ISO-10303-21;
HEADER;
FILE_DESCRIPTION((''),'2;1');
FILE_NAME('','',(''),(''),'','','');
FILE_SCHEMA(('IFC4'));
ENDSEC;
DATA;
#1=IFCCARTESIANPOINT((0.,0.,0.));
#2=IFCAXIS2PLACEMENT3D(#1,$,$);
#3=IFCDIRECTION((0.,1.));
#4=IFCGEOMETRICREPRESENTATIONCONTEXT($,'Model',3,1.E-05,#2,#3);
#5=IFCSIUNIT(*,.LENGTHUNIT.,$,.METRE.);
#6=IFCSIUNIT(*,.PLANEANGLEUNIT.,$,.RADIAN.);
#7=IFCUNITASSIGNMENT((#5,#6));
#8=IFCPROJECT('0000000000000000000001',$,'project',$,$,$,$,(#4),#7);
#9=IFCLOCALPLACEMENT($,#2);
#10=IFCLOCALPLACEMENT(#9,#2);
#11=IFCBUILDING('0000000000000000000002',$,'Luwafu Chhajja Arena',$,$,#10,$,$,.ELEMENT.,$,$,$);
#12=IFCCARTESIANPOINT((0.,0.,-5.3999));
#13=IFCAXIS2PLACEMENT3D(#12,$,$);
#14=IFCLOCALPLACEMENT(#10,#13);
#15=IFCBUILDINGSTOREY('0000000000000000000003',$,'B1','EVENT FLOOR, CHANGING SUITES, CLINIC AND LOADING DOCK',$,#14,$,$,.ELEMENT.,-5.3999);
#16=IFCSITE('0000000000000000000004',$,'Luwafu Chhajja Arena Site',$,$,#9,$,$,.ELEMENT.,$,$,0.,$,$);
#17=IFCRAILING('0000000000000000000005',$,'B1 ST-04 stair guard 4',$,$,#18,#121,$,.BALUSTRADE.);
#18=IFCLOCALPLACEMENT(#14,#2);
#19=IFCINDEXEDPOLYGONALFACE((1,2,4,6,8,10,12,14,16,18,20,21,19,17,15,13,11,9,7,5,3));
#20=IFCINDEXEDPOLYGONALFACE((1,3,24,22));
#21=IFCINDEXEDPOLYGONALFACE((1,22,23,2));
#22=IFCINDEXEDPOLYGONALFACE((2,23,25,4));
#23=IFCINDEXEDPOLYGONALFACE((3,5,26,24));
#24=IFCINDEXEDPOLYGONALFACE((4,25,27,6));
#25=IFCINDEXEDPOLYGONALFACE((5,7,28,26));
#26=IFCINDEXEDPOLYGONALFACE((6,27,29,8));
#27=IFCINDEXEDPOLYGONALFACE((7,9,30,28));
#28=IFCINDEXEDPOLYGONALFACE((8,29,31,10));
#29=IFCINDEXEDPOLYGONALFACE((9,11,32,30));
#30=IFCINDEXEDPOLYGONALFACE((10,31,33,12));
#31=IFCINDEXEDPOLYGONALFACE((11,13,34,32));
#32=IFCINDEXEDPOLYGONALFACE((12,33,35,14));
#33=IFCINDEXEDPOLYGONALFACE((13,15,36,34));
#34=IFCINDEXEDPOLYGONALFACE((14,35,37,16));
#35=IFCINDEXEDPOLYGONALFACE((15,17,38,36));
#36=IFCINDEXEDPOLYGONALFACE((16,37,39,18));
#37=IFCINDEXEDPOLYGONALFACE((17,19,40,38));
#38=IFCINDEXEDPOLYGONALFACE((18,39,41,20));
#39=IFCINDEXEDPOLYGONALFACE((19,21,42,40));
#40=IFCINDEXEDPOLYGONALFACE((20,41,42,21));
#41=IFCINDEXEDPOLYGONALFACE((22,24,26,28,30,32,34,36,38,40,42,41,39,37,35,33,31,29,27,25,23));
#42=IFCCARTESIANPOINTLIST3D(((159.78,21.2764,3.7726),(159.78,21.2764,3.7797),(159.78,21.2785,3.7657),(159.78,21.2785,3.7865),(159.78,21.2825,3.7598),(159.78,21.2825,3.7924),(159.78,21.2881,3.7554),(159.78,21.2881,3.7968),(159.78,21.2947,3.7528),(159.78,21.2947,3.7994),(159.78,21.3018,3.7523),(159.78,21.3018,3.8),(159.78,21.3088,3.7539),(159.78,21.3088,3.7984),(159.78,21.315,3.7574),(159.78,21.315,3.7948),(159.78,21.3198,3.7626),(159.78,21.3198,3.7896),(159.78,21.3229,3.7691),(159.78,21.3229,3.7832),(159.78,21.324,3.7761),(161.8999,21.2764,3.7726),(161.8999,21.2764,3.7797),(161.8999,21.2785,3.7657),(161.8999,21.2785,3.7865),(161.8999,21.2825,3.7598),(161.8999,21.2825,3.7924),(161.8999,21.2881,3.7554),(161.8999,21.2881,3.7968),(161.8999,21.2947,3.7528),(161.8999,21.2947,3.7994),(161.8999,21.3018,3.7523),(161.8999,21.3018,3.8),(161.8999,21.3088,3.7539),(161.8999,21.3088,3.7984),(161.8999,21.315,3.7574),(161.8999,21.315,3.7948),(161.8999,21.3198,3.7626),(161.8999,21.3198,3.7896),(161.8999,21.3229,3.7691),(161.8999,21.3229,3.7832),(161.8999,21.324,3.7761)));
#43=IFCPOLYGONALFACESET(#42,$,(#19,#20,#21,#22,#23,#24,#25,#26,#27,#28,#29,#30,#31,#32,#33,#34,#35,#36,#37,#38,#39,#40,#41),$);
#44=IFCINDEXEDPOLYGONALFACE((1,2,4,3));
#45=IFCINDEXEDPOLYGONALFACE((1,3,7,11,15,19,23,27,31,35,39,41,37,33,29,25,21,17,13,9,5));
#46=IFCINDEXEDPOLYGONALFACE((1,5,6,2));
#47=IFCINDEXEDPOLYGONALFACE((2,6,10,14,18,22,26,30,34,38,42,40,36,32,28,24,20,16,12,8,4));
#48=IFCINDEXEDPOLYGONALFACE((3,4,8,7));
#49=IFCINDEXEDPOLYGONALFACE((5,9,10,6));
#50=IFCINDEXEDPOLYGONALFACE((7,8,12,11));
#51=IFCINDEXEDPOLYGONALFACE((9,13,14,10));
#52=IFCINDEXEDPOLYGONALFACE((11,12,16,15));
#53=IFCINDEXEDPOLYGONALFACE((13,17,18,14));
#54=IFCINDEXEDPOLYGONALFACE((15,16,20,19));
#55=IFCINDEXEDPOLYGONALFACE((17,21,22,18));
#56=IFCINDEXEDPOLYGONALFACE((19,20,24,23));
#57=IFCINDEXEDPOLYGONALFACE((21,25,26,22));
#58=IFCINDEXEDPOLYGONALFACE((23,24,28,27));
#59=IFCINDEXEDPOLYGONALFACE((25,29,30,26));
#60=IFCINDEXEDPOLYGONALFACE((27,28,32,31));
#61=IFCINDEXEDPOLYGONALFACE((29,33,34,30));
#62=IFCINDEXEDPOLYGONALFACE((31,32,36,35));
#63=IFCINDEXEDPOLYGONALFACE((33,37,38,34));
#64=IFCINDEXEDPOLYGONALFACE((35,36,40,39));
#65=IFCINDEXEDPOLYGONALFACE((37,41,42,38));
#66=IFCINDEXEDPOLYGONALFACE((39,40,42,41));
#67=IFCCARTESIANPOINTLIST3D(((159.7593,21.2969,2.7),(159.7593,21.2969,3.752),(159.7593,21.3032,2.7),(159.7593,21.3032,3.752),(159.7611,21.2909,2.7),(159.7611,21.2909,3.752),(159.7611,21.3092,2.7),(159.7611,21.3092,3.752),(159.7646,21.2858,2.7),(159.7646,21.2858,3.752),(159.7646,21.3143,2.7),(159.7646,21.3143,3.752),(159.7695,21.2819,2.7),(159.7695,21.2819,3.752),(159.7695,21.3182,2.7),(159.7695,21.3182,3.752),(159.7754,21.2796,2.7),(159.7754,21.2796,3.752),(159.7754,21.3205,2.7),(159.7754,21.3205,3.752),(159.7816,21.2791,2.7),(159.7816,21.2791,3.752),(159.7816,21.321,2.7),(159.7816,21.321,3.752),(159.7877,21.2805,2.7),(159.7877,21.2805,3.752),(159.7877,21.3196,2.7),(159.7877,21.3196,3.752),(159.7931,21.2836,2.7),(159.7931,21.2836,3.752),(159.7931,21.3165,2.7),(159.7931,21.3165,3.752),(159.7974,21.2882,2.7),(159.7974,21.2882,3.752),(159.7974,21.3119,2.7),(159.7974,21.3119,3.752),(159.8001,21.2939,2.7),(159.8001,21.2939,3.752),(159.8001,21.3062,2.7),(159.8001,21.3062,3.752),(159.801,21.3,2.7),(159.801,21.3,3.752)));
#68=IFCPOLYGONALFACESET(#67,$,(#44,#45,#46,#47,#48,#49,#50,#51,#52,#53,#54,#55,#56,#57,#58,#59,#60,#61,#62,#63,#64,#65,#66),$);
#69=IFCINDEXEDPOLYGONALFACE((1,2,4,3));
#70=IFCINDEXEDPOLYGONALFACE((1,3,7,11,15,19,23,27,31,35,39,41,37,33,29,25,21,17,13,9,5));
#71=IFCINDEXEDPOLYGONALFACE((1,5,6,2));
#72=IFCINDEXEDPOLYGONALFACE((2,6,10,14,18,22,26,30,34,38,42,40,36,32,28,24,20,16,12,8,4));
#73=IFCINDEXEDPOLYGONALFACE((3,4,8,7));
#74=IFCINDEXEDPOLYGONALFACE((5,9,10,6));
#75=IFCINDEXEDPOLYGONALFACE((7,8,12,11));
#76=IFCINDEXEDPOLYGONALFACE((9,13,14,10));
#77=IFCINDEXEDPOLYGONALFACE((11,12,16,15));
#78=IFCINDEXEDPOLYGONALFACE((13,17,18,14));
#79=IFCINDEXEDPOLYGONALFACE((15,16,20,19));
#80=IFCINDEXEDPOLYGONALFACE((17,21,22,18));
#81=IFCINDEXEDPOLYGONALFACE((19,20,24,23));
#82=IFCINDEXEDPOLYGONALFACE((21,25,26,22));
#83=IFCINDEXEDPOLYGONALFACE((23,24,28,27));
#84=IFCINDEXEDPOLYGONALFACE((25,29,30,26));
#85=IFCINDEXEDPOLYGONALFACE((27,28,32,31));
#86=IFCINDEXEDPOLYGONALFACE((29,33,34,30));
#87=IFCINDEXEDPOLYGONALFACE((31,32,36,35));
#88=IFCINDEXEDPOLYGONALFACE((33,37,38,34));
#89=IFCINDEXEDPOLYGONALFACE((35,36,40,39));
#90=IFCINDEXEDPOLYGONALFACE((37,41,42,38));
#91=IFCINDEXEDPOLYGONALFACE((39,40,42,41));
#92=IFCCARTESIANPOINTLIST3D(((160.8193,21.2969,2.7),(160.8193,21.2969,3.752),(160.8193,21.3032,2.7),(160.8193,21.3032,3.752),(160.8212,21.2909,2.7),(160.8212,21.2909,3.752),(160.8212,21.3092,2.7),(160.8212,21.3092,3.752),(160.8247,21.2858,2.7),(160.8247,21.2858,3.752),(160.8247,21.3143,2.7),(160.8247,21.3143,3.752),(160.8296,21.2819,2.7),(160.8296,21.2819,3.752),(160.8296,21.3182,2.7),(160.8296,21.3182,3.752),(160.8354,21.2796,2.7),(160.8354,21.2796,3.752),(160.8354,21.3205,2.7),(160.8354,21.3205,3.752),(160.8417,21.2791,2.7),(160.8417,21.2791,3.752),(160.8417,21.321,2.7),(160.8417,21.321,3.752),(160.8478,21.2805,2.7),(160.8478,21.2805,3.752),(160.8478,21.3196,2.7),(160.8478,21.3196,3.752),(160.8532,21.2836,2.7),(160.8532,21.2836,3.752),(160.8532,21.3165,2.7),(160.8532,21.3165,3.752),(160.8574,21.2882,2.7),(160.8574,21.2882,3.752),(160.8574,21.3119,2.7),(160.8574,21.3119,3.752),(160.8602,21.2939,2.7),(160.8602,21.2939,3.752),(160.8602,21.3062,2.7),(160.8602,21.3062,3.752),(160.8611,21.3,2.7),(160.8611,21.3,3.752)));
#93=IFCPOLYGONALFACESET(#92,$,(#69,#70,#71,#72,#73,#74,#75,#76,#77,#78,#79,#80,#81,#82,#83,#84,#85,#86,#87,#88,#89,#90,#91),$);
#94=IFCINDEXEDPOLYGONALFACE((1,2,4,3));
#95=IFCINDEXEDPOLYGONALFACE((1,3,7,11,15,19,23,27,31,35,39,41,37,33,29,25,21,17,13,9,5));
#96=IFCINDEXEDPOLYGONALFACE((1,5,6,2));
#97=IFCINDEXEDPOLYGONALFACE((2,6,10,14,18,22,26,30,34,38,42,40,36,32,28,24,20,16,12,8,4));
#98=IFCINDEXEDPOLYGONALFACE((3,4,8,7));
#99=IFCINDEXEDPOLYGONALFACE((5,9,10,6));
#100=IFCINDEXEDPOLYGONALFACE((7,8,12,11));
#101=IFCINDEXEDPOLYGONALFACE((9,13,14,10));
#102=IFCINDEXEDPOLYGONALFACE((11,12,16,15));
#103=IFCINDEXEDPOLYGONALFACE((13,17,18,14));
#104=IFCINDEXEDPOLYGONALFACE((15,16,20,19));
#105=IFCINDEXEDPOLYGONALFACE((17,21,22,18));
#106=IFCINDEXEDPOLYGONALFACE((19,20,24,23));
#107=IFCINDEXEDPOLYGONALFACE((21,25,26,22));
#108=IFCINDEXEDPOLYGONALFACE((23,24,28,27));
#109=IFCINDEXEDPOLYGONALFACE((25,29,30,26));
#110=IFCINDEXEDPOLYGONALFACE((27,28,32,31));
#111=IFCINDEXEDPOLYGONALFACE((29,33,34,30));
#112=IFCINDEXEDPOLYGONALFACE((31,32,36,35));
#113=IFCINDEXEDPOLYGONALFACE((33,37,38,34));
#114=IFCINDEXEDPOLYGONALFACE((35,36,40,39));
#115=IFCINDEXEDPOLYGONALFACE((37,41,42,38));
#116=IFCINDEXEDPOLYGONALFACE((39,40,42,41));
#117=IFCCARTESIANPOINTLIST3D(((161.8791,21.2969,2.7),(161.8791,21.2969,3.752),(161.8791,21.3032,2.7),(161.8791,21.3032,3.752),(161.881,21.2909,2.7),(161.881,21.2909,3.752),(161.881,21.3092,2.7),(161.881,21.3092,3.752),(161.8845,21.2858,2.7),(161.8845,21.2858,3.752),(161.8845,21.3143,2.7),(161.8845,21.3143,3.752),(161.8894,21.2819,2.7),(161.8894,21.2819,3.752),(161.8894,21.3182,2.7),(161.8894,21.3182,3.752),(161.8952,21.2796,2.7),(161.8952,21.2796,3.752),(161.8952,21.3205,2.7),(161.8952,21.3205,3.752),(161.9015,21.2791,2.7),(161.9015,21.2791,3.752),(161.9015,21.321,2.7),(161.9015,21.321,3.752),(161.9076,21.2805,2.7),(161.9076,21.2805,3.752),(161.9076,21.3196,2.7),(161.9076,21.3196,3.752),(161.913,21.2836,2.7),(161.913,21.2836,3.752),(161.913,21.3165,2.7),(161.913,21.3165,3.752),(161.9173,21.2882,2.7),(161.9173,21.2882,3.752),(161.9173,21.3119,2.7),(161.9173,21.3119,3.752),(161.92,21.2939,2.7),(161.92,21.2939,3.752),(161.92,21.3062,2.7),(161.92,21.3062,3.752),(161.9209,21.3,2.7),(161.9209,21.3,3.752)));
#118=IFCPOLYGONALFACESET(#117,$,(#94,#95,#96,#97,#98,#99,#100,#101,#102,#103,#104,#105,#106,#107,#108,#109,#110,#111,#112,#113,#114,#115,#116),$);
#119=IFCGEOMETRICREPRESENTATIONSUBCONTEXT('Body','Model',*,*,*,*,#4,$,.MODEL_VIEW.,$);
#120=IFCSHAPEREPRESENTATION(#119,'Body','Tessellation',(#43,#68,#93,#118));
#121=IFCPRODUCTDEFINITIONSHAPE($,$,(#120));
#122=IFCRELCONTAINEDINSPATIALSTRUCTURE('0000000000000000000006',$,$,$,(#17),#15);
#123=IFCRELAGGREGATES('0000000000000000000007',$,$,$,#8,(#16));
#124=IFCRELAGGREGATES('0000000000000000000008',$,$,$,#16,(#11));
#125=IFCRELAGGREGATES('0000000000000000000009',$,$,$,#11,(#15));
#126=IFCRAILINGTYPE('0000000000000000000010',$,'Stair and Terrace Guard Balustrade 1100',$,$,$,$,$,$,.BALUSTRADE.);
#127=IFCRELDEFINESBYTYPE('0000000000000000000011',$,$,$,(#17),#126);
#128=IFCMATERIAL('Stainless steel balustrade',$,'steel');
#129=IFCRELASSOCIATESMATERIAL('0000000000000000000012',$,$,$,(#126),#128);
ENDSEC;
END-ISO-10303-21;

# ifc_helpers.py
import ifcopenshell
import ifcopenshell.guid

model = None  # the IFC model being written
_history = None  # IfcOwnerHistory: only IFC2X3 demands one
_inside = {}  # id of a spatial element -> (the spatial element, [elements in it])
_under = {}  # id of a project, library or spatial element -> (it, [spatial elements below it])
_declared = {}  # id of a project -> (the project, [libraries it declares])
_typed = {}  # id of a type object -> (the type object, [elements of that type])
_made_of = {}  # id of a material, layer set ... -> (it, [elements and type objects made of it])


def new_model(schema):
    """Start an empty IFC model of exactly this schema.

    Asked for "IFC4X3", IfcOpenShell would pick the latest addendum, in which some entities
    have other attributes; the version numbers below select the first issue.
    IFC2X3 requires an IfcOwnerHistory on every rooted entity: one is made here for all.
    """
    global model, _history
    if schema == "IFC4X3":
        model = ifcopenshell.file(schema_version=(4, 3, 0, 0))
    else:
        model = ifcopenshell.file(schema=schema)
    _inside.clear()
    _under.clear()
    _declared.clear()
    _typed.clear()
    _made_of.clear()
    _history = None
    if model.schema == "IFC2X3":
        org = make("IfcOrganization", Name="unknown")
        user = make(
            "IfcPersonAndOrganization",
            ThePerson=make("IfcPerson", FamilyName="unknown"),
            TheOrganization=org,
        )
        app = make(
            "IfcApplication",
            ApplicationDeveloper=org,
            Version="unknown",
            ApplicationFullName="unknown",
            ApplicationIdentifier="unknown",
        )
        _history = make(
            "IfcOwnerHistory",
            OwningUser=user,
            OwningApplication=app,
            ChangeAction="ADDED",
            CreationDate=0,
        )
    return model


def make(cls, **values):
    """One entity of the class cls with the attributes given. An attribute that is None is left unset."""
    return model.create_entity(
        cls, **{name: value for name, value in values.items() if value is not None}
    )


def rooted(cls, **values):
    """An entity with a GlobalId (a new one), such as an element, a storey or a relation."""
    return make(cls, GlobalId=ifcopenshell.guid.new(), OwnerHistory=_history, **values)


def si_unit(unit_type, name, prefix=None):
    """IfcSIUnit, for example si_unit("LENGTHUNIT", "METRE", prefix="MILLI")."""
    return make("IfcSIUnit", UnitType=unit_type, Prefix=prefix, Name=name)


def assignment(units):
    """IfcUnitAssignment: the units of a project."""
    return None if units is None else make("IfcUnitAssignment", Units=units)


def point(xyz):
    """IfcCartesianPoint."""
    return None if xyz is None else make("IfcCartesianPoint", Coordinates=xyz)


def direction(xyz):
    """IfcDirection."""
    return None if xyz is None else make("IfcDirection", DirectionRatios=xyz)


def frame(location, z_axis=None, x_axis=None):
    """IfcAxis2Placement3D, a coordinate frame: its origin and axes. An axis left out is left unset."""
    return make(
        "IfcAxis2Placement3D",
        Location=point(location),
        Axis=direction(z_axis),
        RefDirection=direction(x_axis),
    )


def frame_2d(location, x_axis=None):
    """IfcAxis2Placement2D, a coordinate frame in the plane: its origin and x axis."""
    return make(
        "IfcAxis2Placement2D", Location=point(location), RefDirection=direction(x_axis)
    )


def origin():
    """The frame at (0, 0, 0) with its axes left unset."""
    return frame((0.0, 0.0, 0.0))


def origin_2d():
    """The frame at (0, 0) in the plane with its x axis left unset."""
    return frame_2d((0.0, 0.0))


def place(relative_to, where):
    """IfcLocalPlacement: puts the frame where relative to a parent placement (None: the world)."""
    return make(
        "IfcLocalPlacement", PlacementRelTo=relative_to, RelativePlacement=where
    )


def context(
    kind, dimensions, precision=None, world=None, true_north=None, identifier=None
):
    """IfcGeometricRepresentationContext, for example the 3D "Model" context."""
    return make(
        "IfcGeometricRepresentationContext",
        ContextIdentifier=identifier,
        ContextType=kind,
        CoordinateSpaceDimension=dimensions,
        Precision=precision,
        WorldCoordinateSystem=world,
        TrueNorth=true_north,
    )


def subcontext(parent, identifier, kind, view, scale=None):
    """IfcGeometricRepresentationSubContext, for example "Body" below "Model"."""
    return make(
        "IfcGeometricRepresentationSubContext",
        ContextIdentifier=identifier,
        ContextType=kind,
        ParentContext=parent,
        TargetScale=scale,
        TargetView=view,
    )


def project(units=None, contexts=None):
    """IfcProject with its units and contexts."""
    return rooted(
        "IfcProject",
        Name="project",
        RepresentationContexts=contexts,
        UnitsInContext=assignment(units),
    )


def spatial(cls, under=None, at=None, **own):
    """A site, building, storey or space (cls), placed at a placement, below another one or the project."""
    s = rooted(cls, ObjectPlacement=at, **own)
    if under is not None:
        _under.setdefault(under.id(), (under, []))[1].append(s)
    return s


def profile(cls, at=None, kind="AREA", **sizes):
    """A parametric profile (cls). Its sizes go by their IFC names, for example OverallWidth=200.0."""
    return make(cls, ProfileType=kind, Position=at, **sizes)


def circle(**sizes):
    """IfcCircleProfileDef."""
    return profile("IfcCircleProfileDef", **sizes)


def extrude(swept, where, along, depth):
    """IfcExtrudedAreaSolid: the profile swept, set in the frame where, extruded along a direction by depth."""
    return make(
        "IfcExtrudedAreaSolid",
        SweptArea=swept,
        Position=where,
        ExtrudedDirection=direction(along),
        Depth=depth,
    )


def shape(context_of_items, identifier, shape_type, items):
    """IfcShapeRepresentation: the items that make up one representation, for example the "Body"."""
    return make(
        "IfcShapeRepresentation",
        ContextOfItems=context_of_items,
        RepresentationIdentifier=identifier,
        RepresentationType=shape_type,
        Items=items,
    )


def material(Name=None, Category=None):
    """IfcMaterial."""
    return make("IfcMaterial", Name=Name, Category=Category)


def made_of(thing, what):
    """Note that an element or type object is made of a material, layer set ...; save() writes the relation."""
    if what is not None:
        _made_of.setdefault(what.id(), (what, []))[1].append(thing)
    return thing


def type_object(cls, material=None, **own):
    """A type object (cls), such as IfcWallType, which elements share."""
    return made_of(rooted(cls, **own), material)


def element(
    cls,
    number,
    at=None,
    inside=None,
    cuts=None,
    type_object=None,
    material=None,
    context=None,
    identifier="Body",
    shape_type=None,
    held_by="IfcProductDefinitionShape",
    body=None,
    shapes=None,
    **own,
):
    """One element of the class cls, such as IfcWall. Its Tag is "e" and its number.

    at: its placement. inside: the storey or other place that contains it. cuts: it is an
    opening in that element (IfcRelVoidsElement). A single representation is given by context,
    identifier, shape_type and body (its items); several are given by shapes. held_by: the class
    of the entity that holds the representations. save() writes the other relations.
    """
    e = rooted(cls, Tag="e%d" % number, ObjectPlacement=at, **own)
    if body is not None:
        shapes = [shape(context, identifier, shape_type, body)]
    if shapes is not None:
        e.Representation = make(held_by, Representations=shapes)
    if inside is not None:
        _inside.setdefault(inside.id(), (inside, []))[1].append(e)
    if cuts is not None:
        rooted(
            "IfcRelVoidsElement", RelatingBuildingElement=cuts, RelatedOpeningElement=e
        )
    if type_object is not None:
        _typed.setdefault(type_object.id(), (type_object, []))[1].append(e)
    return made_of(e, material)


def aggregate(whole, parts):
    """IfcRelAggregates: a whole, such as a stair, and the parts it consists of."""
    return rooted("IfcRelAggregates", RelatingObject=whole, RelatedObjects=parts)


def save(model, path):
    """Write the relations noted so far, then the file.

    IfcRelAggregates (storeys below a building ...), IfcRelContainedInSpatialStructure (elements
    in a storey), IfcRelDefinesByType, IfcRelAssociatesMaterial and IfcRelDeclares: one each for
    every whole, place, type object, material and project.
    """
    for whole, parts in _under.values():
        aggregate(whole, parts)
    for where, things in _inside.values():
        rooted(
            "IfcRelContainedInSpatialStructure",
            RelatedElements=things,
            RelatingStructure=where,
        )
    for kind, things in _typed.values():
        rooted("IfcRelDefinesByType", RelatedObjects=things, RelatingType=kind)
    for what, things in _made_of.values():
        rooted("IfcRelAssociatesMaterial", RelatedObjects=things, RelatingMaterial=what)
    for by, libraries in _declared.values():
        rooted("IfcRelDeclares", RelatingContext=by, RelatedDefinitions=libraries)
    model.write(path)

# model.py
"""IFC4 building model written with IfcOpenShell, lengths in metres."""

from ifc_helpers import new_model, si_unit, direction, frame, origin, origin_2d, place, context, subcontext, project, spatial, circle, extrude, material, type_object, element, save


model = new_model("IFC4")

# Units and contexts
model_context = context("Model", 3, precision=1e-05, world=origin(), true_north=direction((0.0, 1.0)))
body_context = subcontext(model_context, "Body", "Model", "MODEL_VIEW")
ifc_project = project(units=[si_unit("LENGTHUNIT", "METRE"), si_unit("PLANEANGLEUNIT", "RADIAN")], contexts=[model_context])

# Site, building, storey
site_placement = place(None, origin())
site = spatial("IfcSite", under=ifc_project, at=site_placement, Name="Luwafu Chhajja Arena Site", CompositionType="ELEMENT", RefElevation=0.0)
building_placement = place(site_placement, origin())
building = spatial("IfcBuilding", under=site, at=building_placement, Name="Luwafu Chhajja Arena", CompositionType="ELEMENT")
storey_placement = place(building_placement, frame((0.0, 0.0, -5.3999)))
storey = spatial("IfcBuildingStorey", under=building, at=storey_placement, Name="B1", Description="EVENT FLOOR, CHANGING SUITES, CLINIC AND LOADING DOCK", CompositionType="ELEMENT", Elevation=-5.3999)

# Railing
ifc_material_1 = material(Name="Stainless steel balustrade", Category="steel")
railing_type_1 = type_object("IfcRailingType", Name="Stair and Terrace Guard Balustrade 1100", PredefinedType="BALUSTRADE", material=ifc_material_1)
for number, where, name in (
    (1, (159.78, 21.3, 2.7), "B1 ST-04 stair guard 4"),
):
    element("IfcRailing", number, at=place(storey_placement, frame(where)), inside=storey, type_object=railing_type_1, Name=name, PredefinedType="BALUSTRADE", context=body_context, shape_type="SweptSolid", body=[
        extrude(circle(Radius=0.0239, at=origin_2d()), frame((0.0, 0.0, 1.0762), z_axis=(1.0, 0.0, 0.0), x_axis=(0.0, 1.0, 0.0)), (0.0, 0.0, 1.0), 2.1199),
        extrude(circle(Radius=0.021, at=origin_2d()), origin(), (0.0, 0.0, 1.0), 1.052),
        extrude(circle(Radius=0.021, at=origin_2d()), frame((1.0601, 0.0, 0.0)), (0.0, 0.0, 1.0), 1.052),
        extrude(circle(Radius=0.021, at=origin_2d()), frame((2.1199, 0.0, 0.0)), (0.0, 0.0, 1.0), 1.052),
    ])

save(model, "model.ifc")
